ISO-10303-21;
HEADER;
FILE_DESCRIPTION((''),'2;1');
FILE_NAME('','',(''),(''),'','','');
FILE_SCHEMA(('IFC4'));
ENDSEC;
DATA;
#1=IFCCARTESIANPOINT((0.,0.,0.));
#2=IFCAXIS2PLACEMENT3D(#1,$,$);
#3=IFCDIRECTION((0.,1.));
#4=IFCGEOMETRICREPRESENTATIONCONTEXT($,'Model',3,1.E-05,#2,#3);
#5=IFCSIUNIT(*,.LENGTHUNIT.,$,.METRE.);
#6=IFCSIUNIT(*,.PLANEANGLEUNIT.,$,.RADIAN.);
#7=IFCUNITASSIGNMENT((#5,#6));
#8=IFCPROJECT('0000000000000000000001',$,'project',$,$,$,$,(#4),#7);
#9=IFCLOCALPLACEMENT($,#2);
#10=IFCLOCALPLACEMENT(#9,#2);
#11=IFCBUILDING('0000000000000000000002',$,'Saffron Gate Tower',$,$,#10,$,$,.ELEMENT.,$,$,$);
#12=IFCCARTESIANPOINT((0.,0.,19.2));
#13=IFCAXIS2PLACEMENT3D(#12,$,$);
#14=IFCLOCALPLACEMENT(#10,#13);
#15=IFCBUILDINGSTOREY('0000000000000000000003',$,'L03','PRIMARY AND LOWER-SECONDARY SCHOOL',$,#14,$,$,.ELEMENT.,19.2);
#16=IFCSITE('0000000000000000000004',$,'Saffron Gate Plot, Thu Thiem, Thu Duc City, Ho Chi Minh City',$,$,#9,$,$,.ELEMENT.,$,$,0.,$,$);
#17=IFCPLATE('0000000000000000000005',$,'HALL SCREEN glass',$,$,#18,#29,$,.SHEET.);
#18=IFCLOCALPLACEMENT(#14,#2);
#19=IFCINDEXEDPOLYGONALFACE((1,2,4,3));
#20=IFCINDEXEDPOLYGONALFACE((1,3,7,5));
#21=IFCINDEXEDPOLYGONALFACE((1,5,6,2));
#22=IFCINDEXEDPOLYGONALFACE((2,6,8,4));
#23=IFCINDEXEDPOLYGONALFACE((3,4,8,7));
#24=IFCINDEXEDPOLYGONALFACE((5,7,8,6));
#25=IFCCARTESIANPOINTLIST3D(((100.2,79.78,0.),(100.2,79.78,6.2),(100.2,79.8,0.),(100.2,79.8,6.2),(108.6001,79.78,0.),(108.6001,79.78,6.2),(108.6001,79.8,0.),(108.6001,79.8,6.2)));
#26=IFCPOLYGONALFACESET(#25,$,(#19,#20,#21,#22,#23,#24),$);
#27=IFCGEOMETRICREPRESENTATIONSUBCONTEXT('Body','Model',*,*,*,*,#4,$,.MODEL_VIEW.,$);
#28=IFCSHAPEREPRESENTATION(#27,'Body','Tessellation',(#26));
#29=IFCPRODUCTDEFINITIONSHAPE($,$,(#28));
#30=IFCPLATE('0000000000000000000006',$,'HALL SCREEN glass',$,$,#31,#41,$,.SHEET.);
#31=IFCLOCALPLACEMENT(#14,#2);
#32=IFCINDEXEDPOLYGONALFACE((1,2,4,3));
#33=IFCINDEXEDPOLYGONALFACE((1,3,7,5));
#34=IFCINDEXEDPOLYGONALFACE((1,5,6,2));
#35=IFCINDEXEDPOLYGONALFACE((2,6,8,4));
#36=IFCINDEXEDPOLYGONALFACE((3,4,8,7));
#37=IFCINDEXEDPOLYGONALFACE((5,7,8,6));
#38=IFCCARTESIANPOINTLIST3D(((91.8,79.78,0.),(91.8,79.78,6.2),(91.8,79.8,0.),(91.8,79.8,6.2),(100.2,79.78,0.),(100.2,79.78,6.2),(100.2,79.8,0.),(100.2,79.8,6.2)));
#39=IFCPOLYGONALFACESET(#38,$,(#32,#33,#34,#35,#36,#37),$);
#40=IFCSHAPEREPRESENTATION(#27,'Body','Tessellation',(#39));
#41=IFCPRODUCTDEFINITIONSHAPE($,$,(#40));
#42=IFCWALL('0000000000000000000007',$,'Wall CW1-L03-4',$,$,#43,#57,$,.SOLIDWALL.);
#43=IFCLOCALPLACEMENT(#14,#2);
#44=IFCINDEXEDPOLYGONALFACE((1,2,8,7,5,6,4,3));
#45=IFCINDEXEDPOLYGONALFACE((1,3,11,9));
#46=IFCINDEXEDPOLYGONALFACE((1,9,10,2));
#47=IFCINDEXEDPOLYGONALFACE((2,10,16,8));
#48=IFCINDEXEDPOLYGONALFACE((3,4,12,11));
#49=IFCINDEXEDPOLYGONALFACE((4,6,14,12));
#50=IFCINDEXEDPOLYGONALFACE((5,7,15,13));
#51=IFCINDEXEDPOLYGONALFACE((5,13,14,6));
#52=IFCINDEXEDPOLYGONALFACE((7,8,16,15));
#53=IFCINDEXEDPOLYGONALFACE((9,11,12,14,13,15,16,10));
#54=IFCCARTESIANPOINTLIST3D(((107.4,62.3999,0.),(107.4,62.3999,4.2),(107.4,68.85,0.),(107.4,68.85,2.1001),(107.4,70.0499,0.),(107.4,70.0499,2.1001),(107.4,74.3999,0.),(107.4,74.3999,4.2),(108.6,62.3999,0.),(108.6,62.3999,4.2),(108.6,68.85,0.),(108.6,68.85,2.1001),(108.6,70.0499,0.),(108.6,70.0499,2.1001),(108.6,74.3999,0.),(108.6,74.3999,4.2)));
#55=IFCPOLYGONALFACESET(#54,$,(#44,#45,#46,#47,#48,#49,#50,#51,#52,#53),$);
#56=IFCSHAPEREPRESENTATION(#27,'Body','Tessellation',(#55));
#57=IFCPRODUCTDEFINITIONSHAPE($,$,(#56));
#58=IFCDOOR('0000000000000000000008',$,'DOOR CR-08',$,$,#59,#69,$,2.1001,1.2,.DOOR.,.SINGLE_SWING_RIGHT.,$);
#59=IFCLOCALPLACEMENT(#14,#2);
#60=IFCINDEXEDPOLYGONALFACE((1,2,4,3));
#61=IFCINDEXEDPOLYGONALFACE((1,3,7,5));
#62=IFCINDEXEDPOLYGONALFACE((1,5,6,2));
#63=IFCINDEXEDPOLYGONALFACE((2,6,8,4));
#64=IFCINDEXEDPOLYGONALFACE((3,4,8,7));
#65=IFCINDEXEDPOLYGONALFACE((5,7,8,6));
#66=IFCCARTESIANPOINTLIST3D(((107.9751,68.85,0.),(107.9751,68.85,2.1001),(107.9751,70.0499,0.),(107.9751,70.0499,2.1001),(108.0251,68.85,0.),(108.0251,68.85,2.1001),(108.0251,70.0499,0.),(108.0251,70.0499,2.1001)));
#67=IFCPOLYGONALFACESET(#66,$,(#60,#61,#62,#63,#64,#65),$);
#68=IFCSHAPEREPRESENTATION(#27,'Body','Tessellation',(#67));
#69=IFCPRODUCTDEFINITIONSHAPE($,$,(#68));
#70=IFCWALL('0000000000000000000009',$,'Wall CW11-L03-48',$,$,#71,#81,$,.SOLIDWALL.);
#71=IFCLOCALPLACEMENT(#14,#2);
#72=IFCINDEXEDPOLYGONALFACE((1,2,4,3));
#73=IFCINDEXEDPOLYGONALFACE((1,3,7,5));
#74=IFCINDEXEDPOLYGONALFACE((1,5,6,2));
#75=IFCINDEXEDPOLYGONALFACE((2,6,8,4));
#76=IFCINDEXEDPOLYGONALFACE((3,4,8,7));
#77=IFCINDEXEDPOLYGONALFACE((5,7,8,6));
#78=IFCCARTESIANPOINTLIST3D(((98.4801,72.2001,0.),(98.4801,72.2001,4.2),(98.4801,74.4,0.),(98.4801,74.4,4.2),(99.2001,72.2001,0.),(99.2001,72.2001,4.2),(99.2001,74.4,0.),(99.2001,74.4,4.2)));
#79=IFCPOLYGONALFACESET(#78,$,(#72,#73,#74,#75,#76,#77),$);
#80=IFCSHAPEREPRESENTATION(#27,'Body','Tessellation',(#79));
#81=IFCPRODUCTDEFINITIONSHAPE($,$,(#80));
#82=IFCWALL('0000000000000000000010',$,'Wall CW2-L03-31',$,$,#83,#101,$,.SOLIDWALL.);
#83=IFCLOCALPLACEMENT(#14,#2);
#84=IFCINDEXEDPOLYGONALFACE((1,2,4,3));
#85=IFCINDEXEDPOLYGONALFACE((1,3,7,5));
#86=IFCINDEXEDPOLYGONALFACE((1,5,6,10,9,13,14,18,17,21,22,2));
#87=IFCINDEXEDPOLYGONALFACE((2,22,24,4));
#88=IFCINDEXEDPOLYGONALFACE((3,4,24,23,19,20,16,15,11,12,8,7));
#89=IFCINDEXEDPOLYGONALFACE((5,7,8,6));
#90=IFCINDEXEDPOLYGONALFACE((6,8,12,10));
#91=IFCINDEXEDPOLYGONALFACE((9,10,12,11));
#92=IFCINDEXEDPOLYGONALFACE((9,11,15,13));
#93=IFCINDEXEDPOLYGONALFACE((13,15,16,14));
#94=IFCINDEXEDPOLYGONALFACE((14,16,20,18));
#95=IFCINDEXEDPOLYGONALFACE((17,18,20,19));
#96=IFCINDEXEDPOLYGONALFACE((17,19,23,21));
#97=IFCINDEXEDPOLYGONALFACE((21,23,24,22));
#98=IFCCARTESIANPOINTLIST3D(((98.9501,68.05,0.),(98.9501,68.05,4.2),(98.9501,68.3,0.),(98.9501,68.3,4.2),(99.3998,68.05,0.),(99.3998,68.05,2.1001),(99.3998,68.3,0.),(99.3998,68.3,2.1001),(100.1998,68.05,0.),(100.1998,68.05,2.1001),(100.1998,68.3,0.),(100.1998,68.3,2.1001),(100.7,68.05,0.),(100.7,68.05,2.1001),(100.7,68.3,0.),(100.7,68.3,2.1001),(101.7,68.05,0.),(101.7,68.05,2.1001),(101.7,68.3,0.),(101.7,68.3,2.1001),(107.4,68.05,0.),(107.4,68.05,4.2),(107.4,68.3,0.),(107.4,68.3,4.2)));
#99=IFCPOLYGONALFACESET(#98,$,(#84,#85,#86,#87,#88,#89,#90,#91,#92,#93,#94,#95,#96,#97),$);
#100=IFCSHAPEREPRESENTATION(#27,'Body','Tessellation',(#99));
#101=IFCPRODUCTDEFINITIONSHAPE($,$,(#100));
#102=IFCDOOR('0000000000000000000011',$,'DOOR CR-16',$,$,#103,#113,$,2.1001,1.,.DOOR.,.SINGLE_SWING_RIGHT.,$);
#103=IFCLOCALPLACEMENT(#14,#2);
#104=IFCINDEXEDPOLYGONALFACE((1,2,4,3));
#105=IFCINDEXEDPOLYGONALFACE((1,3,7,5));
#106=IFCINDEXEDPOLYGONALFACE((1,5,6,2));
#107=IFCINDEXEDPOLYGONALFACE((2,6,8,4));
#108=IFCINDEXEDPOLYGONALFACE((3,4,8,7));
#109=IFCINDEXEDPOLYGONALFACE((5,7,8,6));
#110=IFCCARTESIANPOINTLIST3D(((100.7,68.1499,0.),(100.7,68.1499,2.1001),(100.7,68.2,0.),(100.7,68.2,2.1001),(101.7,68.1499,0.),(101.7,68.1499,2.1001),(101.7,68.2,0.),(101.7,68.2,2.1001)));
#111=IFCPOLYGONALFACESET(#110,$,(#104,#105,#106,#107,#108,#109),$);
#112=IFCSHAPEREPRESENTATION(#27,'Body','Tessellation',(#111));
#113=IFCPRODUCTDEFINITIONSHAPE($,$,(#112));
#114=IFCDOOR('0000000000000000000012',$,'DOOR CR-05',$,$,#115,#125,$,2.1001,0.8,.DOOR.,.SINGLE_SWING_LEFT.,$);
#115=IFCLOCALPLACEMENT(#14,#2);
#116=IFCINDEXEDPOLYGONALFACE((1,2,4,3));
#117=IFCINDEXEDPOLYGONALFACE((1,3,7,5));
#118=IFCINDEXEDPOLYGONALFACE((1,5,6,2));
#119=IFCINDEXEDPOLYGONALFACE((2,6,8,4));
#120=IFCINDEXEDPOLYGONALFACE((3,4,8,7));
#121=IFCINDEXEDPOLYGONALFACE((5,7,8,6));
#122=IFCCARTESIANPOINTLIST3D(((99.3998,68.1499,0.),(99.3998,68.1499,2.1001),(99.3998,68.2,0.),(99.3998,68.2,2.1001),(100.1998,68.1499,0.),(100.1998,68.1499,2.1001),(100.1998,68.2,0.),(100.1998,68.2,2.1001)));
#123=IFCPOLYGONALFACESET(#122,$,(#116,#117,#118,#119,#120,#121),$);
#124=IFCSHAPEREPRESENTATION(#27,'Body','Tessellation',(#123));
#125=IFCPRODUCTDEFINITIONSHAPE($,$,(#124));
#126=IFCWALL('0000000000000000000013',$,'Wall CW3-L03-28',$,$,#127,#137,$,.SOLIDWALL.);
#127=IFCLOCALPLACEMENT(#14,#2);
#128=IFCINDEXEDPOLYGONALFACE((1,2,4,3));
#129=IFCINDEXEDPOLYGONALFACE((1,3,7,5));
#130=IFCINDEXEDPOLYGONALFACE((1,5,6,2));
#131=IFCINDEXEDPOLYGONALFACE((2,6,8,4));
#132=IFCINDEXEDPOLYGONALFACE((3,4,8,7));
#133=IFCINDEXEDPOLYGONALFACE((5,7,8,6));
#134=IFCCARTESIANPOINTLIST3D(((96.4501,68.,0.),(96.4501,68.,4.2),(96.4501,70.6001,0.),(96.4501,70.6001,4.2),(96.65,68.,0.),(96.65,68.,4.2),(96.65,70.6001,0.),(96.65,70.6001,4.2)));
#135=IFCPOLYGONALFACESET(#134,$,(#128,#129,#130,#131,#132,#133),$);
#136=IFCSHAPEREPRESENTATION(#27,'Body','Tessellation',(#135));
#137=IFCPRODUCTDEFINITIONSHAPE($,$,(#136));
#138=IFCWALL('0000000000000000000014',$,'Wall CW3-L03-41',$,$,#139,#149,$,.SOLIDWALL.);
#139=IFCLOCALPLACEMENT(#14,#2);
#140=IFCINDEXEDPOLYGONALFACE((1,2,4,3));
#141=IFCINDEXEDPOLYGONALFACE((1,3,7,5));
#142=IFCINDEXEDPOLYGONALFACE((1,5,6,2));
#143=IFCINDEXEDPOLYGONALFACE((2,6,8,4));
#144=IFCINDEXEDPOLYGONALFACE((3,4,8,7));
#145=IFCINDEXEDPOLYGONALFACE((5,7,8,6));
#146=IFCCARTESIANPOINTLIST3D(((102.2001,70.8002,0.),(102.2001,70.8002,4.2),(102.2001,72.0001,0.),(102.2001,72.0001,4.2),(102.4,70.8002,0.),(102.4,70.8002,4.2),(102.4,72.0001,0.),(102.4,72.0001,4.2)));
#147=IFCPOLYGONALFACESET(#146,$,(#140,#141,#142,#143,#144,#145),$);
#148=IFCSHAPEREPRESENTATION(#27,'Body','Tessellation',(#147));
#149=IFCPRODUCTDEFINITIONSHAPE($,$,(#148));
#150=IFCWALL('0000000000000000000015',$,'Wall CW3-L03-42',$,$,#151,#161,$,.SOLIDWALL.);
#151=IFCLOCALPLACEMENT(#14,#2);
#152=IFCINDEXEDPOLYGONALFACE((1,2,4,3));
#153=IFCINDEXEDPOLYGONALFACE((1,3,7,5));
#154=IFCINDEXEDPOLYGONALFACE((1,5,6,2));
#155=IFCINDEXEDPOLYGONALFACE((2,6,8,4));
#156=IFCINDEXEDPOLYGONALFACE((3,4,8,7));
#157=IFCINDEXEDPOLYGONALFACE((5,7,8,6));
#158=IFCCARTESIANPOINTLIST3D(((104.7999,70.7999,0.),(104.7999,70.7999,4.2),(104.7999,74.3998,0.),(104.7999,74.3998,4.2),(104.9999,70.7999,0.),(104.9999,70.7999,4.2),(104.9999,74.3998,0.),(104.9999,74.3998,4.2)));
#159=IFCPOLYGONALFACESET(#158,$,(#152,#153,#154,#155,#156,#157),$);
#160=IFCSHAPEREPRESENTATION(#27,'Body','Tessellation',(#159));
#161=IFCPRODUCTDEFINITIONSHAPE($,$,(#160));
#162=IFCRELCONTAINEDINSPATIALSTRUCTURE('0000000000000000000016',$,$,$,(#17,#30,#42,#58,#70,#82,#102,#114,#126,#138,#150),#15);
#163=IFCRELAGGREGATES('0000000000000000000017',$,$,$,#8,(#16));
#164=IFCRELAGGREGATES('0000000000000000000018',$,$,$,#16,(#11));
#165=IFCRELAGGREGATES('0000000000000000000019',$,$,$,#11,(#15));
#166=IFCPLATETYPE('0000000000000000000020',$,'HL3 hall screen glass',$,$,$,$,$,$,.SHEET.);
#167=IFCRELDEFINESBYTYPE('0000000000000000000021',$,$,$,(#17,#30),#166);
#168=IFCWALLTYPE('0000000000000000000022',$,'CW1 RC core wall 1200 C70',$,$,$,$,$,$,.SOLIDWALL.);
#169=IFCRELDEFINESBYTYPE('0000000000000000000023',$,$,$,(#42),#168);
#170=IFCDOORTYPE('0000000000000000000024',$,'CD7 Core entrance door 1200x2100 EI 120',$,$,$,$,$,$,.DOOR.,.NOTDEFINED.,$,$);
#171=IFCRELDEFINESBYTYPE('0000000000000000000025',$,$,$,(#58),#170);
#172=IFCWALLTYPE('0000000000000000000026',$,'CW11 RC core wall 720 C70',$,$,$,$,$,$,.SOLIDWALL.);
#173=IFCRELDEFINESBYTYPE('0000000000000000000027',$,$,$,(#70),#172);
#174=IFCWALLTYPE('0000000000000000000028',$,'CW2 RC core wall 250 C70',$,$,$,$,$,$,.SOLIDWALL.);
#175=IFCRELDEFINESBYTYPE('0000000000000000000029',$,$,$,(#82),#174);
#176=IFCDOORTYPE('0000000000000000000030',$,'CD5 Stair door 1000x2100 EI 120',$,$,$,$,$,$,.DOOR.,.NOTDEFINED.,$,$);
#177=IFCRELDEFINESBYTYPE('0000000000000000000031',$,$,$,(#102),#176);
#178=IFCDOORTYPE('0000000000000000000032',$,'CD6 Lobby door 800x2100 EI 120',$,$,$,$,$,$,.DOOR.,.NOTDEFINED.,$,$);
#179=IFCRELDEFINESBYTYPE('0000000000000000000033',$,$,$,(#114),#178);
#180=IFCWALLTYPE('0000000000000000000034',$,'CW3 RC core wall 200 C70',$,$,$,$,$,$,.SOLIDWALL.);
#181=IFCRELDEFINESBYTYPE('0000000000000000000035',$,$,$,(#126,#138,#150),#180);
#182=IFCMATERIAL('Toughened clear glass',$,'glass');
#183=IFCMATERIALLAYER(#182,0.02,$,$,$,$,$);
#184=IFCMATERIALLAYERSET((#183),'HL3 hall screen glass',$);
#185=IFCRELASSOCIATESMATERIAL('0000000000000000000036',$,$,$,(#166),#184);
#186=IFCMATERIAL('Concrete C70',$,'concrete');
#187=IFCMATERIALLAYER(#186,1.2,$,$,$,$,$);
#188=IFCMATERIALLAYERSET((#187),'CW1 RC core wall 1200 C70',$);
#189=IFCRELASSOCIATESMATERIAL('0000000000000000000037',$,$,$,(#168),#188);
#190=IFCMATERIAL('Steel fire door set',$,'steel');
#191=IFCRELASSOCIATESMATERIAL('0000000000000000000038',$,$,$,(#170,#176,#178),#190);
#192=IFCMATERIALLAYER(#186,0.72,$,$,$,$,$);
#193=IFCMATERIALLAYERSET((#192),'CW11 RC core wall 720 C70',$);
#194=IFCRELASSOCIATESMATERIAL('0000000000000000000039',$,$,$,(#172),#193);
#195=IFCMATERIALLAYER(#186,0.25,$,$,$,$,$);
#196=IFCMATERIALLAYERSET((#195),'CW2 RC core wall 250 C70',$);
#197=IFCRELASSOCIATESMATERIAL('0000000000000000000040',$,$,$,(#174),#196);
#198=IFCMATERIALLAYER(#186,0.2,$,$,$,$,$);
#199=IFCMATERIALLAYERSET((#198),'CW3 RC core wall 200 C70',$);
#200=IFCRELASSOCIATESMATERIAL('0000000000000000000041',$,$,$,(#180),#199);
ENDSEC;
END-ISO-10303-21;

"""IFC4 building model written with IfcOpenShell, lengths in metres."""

from ifc_helpers import new_model, si_unit, direction, frame, frame_2d, origin, place, context, subcontext, project, spatial, polyline, rectangle, outline, extrude, material, layer, layer_set, type_object, element, fill, save


model = new_model("IFC4")

# Units and contexts
model_context = context("Model", 3, precision=1e-05, world=origin(), true_north=direction((0.0, 1.0)))
body_context = subcontext(model_context, "Body", "Model", "MODEL_VIEW")
ifc_project = project(units=[si_unit("LENGTHUNIT", "METRE"), si_unit("PLANEANGLEUNIT", "RADIAN")], contexts=[model_context])

# Site, building, storey
site_placement = place(None, origin())
site = spatial("IfcSite", under=ifc_project, at=site_placement, Name="Saffron Gate Plot, Thu Thiem, Thu Duc City, Ho Chi Minh City", CompositionType="ELEMENT", RefElevation=0.0)
building_placement = place(site_placement, origin())
building = spatial("IfcBuilding", under=site, at=building_placement, Name="Saffron Gate Tower", CompositionType="ELEMENT")
storey_placement = place(building_placement, frame((0.0, 0.0, 19.2)))
storey = spatial("IfcBuildingStorey", under=building, at=storey_placement, Name="L03", Description="PRIMARY AND LOWER-SECONDARY SCHOOL", CompositionType="ELEMENT", Elevation=19.2)

# Plates
ifc_material_1 = material(Name="Toughened clear glass", Category="glass")
ifc_layer_1 = layer(ifc_material_1, 0.02)
ifc_layer_set_1 = layer_set([ifc_layer_1], Name="HL3 hall screen glass")
plate_type = type_object("IfcPlateType", Name="HL3 hall screen glass", PredefinedType="SHEET", material=ifc_layer_set_1)
plate_1_placement = place(storey_placement, frame((108.6001, 79.8, 0.0), z_axis=(0.0, 1.0, 0.0), x_axis=(-1.0, 0.0, 0.0)))
element("IfcPlate", 1, at=plate_1_placement, inside=storey, type_object=plate_type, Name="HALL SCREEN glass", PredefinedType="SHEET", context=body_context, shape_type="SweptSolid", body=[
    extrude(outline(polyline([(0.0, 0.0), (8.4001, 0.0), (8.4001, 6.2), (0.0, 6.2), (0.0, 0.0)])), origin(), (0.0, 0.0, -1.0), 0.02),
])
plate_2_placement = place(storey_placement, frame((100.2, 79.8, 0.0), z_axis=(0.0, 1.0, 0.0), x_axis=(-1.0, 0.0, 0.0)))
element("IfcPlate", 2, at=plate_2_placement, inside=storey, type_object=plate_type, Name="HALL SCREEN glass", PredefinedType="SHEET", context=body_context, shape_type="SweptSolid", body=[
    extrude(outline(polyline([(0.0, 0.0), (8.3999, 0.0), (8.3999, 6.2), (0.0, 6.2), (0.0, 0.0)])), origin(), (0.0, 0.0, -1.0), 0.02),
])

# Wall, opening, door
ifc_material_2 = material(Name="Concrete C70", Category="concrete")
ifc_layer_2 = layer(ifc_material_2, 1.2)
ifc_layer_set_2 = layer_set([ifc_layer_2], Name="CW1 RC core wall 1200 C70")
wall_type_1 = type_object("IfcWallType", Name="CW1 RC core wall 1200 C70", PredefinedType="SOLIDWALL", material=ifc_layer_set_2)
wall_1_placement = place(storey_placement, frame((108.0, 62.3999, 0.0), z_axis=(0.0, 0.0, 1.0), x_axis=(0.0, 1.0, 0.0)))
wall_1 = element("IfcWall", 3, at=wall_1_placement, inside=storey, type_object=wall_type_1, Name="Wall CW1-L03-4", PredefinedType="SOLIDWALL", context=body_context, shape_type="SweptSolid", body=[
    extrude(rectangle(XDim=12.0, YDim=1.2, at=frame_2d((6.0, 0.0))), origin(), (0.0, 0.0, 1.0), 4.2),
])
opening_1_placement = place(wall_1_placement, frame((6.45, 0.0, 0.0)))
opening_1 = element("IfcOpeningElement", 4, at=opening_1_placement, cuts=wall_1, PredefinedType="OPENING", context=body_context, shape_type="SweptSolid", body=[
    extrude(rectangle(XDim=1.2, YDim=2.1001, at=frame_2d((0.6001, 1.05))), frame((0.0, 0.6099, 0.0), z_axis=(0.0, -1.0, 0.0), x_axis=(1.0, 0.0, 0.0)), (0.0, 0.0, 1.0), 1.22),
])
ifc_material_3 = material(Name="Steel fire door set", Category="steel")
door_type_1 = type_object("IfcDoorType", Name="CD7 Core entrance door 1200x2100 EI 120", OperationType="NOTDEFINED", PredefinedType="DOOR", material=ifc_material_3)
door_1_placement = place(opening_1_placement, origin())
door_1 = element("IfcDoor", 5, at=door_1_placement, inside=storey, type_object=door_type_1, Name="DOOR CR-08", OperationType="SINGLE_SWING_RIGHT", OverallHeight=2.1001, OverallWidth=1.2, PredefinedType="DOOR", context=body_context, shape_type="SweptSolid", body=[
    extrude(rectangle(XDim=1.2, YDim=2.1001, at=frame_2d((0.6001, 1.05))), frame((0.0, 0.0249, 0.0), z_axis=(0.0, -1.0, 0.0), x_axis=(1.0, 0.0, 0.0)), (0.0, 0.0, 1.0), 0.05),
])
fill(opening_1, door_1)

# Wall
ifc_layer_3 = layer(ifc_material_2, 0.72)
ifc_layer_set_3 = layer_set([ifc_layer_3], Name="CW11 RC core wall 720 C70")
wall_type_2 = type_object("IfcWallType", Name="CW11 RC core wall 720 C70", PredefinedType="SOLIDWALL", material=ifc_layer_set_3)
wall_2_placement = place(storey_placement, frame((98.8401, 72.2, 0.0), z_axis=(0.0, 0.0, 1.0), x_axis=(0.0, 1.0, 0.0)))
element("IfcWall", 6, at=wall_2_placement, inside=storey, type_object=wall_type_2, Name="Wall CW11-L03-48", PredefinedType="SOLIDWALL", context=body_context, shape_type="SweptSolid", body=[
    extrude(rectangle(XDim=2.2, YDim=0.72, at=frame_2d((1.1001, 0.0))), origin(), (0.0, 0.0, 1.0), 4.2),
])

# Wall, openings, doors
ifc_layer_4 = layer(ifc_material_2, 0.25)
ifc_layer_set_4 = layer_set([ifc_layer_4], Name="CW2 RC core wall 250 C70")
wall_type_3 = type_object("IfcWallType", Name="CW2 RC core wall 250 C70", PredefinedType="SOLIDWALL", material=ifc_layer_set_4)
wall_3_placement = place(storey_placement, frame((98.95, 68.175, 0.0), z_axis=(0.0, 0.0, 1.0), x_axis=(1.0, 0.0, 0.0)))
wall_3 = element("IfcWall", 7, at=wall_3_placement, inside=storey, type_object=wall_type_3, Name="Wall CW2-L03-31", PredefinedType="SOLIDWALL", context=body_context, shape_type="SweptSolid", body=[
    extrude(rectangle(XDim=8.45, YDim=0.25, at=frame_2d((4.2251, 0.0))), origin(), (0.0, 0.0, 1.0), 4.2),
])
opening_2_placement = place(wall_3_placement, frame((0.45, 0.0, 0.0)))
opening_2 = element("IfcOpeningElement", 8, at=opening_2_placement, cuts=wall_3, PredefinedType="OPENING", context=body_context, shape_type="SweptSolid", body=[
    extrude(rectangle(XDim=0.8, YDim=2.1001, at=frame_2d((0.3999, 1.05))), frame((0.0, 0.135, 0.0), z_axis=(0.0, -1.0, 0.0), x_axis=(1.0, 0.0, 0.0)), (0.0, 0.0, 1.0), 0.27),
])
opening_3_placement = place(wall_3_placement, frame((1.75, 0.0, 0.0)))
opening_3 = element("IfcOpeningElement", 9, at=opening_3_placement, cuts=wall_3, PredefinedType="OPENING", context=body_context, shape_type="SweptSolid", body=[
    extrude(rectangle(XDim=1.0, YDim=2.1001, at=frame_2d((0.5, 1.05))), frame((0.0, 0.135, 0.0), z_axis=(0.0, -1.0, 0.0), x_axis=(1.0, 0.0, 0.0)), (0.0, 0.0, 1.0), 0.27),
])
door_type_2 = type_object("IfcDoorType", Name="CD5 Stair door 1000x2100 EI 120", OperationType="NOTDEFINED", PredefinedType="DOOR", material=ifc_material_3)
door_2_placement = place(opening_3_placement, origin())
door_2 = element("IfcDoor", 10, at=door_2_placement, inside=storey, type_object=door_type_2, Name="DOOR CR-16", OperationType="SINGLE_SWING_RIGHT", OverallHeight=2.1001, OverallWidth=1.0, PredefinedType="DOOR", context=body_context, shape_type="SweptSolid", body=[
    extrude(rectangle(XDim=1.0, YDim=2.1001, at=frame_2d((0.5, 1.05))), frame((0.0, 0.0249, 0.0), z_axis=(0.0, -1.0, 0.0), x_axis=(1.0, 0.0, 0.0)), (0.0, 0.0, 1.0), 0.05),
])
fill(opening_3, door_2)
door_type_3 = type_object("IfcDoorType", Name="CD6 Lobby door 800x2100 EI 120", OperationType="NOTDEFINED", PredefinedType="DOOR", material=ifc_material_3)
door_3_placement = place(opening_2_placement, origin())
door_3 = element("IfcDoor", 11, at=door_3_placement, inside=storey, type_object=door_type_3, Name="DOOR CR-05", OperationType="SINGLE_SWING_LEFT", OverallHeight=2.1001, OverallWidth=0.8, PredefinedType="DOOR", context=body_context, shape_type="SweptSolid", body=[
    extrude(rectangle(XDim=0.8, YDim=2.1001, at=frame_2d((0.3999, 1.05))), frame((0.0, 0.0249, 0.0), z_axis=(0.0, -1.0, 0.0), x_axis=(1.0, 0.0, 0.0)), (0.0, 0.0, 1.0), 0.05),
])
fill(opening_2, door_3)

# Walls
ifc_layer_5 = layer(ifc_material_2, 0.2)
ifc_layer_set_5 = layer_set([ifc_layer_5], Name="CW3 RC core wall 200 C70")
wall_type_4 = type_object("IfcWallType", Name="CW3 RC core wall 200 C70", PredefinedType="SOLIDWALL", material=ifc_layer_set_5)
wall_4_placement = place(storey_placement, frame((96.55, 68.0, 0.0), z_axis=(0.0, 0.0, 1.0), x_axis=(0.0, 1.0, 0.0)))
element("IfcWall", 12, at=wall_4_placement, inside=storey, type_object=wall_type_4, Name="Wall CW3-L03-28", PredefinedType="SOLIDWALL", context=body_context, shape_type="SweptSolid", body=[
    extrude(rectangle(XDim=2.6001, YDim=0.2, at=frame_2d((1.3, 0.0))), origin(), (0.0, 0.0, 1.0), 4.2),
])
wall_5_placement = place(storey_placement, frame((102.3, 70.8, 0.0), z_axis=(0.0, 0.0, 1.0), x_axis=(0.0, 1.0, 0.0)))
element("IfcWall", 13, at=wall_5_placement, inside=storey, type_object=wall_type_4, Name="Wall CW3-L03-41", PredefinedType="SOLIDWALL", context=body_context, shape_type="SweptSolid", body=[
    extrude(rectangle(XDim=1.2, YDim=0.2, at=frame_2d((0.6001, 0.0))), origin(), (0.0, 0.0, 1.0), 4.2),
])
wall_6_placement = place(storey_placement, frame((104.8999, 70.8, 0.0), z_axis=(0.0, 0.0, 1.0), x_axis=(0.0, 1.0, 0.0)))
element("IfcWall", 14, at=wall_6_placement, inside=storey, type_object=wall_type_4, Name="Wall CW3-L03-42", PredefinedType="SOLIDWALL", context=body_context, shape_type="SweptSolid", body=[
    extrude(rectangle(XDim=3.5999, YDim=0.2, at=frame_2d((1.7998, 0.0))), origin(), (0.0, 0.0, 1.0), 4.2),
])

save(model, "model.ifc")
